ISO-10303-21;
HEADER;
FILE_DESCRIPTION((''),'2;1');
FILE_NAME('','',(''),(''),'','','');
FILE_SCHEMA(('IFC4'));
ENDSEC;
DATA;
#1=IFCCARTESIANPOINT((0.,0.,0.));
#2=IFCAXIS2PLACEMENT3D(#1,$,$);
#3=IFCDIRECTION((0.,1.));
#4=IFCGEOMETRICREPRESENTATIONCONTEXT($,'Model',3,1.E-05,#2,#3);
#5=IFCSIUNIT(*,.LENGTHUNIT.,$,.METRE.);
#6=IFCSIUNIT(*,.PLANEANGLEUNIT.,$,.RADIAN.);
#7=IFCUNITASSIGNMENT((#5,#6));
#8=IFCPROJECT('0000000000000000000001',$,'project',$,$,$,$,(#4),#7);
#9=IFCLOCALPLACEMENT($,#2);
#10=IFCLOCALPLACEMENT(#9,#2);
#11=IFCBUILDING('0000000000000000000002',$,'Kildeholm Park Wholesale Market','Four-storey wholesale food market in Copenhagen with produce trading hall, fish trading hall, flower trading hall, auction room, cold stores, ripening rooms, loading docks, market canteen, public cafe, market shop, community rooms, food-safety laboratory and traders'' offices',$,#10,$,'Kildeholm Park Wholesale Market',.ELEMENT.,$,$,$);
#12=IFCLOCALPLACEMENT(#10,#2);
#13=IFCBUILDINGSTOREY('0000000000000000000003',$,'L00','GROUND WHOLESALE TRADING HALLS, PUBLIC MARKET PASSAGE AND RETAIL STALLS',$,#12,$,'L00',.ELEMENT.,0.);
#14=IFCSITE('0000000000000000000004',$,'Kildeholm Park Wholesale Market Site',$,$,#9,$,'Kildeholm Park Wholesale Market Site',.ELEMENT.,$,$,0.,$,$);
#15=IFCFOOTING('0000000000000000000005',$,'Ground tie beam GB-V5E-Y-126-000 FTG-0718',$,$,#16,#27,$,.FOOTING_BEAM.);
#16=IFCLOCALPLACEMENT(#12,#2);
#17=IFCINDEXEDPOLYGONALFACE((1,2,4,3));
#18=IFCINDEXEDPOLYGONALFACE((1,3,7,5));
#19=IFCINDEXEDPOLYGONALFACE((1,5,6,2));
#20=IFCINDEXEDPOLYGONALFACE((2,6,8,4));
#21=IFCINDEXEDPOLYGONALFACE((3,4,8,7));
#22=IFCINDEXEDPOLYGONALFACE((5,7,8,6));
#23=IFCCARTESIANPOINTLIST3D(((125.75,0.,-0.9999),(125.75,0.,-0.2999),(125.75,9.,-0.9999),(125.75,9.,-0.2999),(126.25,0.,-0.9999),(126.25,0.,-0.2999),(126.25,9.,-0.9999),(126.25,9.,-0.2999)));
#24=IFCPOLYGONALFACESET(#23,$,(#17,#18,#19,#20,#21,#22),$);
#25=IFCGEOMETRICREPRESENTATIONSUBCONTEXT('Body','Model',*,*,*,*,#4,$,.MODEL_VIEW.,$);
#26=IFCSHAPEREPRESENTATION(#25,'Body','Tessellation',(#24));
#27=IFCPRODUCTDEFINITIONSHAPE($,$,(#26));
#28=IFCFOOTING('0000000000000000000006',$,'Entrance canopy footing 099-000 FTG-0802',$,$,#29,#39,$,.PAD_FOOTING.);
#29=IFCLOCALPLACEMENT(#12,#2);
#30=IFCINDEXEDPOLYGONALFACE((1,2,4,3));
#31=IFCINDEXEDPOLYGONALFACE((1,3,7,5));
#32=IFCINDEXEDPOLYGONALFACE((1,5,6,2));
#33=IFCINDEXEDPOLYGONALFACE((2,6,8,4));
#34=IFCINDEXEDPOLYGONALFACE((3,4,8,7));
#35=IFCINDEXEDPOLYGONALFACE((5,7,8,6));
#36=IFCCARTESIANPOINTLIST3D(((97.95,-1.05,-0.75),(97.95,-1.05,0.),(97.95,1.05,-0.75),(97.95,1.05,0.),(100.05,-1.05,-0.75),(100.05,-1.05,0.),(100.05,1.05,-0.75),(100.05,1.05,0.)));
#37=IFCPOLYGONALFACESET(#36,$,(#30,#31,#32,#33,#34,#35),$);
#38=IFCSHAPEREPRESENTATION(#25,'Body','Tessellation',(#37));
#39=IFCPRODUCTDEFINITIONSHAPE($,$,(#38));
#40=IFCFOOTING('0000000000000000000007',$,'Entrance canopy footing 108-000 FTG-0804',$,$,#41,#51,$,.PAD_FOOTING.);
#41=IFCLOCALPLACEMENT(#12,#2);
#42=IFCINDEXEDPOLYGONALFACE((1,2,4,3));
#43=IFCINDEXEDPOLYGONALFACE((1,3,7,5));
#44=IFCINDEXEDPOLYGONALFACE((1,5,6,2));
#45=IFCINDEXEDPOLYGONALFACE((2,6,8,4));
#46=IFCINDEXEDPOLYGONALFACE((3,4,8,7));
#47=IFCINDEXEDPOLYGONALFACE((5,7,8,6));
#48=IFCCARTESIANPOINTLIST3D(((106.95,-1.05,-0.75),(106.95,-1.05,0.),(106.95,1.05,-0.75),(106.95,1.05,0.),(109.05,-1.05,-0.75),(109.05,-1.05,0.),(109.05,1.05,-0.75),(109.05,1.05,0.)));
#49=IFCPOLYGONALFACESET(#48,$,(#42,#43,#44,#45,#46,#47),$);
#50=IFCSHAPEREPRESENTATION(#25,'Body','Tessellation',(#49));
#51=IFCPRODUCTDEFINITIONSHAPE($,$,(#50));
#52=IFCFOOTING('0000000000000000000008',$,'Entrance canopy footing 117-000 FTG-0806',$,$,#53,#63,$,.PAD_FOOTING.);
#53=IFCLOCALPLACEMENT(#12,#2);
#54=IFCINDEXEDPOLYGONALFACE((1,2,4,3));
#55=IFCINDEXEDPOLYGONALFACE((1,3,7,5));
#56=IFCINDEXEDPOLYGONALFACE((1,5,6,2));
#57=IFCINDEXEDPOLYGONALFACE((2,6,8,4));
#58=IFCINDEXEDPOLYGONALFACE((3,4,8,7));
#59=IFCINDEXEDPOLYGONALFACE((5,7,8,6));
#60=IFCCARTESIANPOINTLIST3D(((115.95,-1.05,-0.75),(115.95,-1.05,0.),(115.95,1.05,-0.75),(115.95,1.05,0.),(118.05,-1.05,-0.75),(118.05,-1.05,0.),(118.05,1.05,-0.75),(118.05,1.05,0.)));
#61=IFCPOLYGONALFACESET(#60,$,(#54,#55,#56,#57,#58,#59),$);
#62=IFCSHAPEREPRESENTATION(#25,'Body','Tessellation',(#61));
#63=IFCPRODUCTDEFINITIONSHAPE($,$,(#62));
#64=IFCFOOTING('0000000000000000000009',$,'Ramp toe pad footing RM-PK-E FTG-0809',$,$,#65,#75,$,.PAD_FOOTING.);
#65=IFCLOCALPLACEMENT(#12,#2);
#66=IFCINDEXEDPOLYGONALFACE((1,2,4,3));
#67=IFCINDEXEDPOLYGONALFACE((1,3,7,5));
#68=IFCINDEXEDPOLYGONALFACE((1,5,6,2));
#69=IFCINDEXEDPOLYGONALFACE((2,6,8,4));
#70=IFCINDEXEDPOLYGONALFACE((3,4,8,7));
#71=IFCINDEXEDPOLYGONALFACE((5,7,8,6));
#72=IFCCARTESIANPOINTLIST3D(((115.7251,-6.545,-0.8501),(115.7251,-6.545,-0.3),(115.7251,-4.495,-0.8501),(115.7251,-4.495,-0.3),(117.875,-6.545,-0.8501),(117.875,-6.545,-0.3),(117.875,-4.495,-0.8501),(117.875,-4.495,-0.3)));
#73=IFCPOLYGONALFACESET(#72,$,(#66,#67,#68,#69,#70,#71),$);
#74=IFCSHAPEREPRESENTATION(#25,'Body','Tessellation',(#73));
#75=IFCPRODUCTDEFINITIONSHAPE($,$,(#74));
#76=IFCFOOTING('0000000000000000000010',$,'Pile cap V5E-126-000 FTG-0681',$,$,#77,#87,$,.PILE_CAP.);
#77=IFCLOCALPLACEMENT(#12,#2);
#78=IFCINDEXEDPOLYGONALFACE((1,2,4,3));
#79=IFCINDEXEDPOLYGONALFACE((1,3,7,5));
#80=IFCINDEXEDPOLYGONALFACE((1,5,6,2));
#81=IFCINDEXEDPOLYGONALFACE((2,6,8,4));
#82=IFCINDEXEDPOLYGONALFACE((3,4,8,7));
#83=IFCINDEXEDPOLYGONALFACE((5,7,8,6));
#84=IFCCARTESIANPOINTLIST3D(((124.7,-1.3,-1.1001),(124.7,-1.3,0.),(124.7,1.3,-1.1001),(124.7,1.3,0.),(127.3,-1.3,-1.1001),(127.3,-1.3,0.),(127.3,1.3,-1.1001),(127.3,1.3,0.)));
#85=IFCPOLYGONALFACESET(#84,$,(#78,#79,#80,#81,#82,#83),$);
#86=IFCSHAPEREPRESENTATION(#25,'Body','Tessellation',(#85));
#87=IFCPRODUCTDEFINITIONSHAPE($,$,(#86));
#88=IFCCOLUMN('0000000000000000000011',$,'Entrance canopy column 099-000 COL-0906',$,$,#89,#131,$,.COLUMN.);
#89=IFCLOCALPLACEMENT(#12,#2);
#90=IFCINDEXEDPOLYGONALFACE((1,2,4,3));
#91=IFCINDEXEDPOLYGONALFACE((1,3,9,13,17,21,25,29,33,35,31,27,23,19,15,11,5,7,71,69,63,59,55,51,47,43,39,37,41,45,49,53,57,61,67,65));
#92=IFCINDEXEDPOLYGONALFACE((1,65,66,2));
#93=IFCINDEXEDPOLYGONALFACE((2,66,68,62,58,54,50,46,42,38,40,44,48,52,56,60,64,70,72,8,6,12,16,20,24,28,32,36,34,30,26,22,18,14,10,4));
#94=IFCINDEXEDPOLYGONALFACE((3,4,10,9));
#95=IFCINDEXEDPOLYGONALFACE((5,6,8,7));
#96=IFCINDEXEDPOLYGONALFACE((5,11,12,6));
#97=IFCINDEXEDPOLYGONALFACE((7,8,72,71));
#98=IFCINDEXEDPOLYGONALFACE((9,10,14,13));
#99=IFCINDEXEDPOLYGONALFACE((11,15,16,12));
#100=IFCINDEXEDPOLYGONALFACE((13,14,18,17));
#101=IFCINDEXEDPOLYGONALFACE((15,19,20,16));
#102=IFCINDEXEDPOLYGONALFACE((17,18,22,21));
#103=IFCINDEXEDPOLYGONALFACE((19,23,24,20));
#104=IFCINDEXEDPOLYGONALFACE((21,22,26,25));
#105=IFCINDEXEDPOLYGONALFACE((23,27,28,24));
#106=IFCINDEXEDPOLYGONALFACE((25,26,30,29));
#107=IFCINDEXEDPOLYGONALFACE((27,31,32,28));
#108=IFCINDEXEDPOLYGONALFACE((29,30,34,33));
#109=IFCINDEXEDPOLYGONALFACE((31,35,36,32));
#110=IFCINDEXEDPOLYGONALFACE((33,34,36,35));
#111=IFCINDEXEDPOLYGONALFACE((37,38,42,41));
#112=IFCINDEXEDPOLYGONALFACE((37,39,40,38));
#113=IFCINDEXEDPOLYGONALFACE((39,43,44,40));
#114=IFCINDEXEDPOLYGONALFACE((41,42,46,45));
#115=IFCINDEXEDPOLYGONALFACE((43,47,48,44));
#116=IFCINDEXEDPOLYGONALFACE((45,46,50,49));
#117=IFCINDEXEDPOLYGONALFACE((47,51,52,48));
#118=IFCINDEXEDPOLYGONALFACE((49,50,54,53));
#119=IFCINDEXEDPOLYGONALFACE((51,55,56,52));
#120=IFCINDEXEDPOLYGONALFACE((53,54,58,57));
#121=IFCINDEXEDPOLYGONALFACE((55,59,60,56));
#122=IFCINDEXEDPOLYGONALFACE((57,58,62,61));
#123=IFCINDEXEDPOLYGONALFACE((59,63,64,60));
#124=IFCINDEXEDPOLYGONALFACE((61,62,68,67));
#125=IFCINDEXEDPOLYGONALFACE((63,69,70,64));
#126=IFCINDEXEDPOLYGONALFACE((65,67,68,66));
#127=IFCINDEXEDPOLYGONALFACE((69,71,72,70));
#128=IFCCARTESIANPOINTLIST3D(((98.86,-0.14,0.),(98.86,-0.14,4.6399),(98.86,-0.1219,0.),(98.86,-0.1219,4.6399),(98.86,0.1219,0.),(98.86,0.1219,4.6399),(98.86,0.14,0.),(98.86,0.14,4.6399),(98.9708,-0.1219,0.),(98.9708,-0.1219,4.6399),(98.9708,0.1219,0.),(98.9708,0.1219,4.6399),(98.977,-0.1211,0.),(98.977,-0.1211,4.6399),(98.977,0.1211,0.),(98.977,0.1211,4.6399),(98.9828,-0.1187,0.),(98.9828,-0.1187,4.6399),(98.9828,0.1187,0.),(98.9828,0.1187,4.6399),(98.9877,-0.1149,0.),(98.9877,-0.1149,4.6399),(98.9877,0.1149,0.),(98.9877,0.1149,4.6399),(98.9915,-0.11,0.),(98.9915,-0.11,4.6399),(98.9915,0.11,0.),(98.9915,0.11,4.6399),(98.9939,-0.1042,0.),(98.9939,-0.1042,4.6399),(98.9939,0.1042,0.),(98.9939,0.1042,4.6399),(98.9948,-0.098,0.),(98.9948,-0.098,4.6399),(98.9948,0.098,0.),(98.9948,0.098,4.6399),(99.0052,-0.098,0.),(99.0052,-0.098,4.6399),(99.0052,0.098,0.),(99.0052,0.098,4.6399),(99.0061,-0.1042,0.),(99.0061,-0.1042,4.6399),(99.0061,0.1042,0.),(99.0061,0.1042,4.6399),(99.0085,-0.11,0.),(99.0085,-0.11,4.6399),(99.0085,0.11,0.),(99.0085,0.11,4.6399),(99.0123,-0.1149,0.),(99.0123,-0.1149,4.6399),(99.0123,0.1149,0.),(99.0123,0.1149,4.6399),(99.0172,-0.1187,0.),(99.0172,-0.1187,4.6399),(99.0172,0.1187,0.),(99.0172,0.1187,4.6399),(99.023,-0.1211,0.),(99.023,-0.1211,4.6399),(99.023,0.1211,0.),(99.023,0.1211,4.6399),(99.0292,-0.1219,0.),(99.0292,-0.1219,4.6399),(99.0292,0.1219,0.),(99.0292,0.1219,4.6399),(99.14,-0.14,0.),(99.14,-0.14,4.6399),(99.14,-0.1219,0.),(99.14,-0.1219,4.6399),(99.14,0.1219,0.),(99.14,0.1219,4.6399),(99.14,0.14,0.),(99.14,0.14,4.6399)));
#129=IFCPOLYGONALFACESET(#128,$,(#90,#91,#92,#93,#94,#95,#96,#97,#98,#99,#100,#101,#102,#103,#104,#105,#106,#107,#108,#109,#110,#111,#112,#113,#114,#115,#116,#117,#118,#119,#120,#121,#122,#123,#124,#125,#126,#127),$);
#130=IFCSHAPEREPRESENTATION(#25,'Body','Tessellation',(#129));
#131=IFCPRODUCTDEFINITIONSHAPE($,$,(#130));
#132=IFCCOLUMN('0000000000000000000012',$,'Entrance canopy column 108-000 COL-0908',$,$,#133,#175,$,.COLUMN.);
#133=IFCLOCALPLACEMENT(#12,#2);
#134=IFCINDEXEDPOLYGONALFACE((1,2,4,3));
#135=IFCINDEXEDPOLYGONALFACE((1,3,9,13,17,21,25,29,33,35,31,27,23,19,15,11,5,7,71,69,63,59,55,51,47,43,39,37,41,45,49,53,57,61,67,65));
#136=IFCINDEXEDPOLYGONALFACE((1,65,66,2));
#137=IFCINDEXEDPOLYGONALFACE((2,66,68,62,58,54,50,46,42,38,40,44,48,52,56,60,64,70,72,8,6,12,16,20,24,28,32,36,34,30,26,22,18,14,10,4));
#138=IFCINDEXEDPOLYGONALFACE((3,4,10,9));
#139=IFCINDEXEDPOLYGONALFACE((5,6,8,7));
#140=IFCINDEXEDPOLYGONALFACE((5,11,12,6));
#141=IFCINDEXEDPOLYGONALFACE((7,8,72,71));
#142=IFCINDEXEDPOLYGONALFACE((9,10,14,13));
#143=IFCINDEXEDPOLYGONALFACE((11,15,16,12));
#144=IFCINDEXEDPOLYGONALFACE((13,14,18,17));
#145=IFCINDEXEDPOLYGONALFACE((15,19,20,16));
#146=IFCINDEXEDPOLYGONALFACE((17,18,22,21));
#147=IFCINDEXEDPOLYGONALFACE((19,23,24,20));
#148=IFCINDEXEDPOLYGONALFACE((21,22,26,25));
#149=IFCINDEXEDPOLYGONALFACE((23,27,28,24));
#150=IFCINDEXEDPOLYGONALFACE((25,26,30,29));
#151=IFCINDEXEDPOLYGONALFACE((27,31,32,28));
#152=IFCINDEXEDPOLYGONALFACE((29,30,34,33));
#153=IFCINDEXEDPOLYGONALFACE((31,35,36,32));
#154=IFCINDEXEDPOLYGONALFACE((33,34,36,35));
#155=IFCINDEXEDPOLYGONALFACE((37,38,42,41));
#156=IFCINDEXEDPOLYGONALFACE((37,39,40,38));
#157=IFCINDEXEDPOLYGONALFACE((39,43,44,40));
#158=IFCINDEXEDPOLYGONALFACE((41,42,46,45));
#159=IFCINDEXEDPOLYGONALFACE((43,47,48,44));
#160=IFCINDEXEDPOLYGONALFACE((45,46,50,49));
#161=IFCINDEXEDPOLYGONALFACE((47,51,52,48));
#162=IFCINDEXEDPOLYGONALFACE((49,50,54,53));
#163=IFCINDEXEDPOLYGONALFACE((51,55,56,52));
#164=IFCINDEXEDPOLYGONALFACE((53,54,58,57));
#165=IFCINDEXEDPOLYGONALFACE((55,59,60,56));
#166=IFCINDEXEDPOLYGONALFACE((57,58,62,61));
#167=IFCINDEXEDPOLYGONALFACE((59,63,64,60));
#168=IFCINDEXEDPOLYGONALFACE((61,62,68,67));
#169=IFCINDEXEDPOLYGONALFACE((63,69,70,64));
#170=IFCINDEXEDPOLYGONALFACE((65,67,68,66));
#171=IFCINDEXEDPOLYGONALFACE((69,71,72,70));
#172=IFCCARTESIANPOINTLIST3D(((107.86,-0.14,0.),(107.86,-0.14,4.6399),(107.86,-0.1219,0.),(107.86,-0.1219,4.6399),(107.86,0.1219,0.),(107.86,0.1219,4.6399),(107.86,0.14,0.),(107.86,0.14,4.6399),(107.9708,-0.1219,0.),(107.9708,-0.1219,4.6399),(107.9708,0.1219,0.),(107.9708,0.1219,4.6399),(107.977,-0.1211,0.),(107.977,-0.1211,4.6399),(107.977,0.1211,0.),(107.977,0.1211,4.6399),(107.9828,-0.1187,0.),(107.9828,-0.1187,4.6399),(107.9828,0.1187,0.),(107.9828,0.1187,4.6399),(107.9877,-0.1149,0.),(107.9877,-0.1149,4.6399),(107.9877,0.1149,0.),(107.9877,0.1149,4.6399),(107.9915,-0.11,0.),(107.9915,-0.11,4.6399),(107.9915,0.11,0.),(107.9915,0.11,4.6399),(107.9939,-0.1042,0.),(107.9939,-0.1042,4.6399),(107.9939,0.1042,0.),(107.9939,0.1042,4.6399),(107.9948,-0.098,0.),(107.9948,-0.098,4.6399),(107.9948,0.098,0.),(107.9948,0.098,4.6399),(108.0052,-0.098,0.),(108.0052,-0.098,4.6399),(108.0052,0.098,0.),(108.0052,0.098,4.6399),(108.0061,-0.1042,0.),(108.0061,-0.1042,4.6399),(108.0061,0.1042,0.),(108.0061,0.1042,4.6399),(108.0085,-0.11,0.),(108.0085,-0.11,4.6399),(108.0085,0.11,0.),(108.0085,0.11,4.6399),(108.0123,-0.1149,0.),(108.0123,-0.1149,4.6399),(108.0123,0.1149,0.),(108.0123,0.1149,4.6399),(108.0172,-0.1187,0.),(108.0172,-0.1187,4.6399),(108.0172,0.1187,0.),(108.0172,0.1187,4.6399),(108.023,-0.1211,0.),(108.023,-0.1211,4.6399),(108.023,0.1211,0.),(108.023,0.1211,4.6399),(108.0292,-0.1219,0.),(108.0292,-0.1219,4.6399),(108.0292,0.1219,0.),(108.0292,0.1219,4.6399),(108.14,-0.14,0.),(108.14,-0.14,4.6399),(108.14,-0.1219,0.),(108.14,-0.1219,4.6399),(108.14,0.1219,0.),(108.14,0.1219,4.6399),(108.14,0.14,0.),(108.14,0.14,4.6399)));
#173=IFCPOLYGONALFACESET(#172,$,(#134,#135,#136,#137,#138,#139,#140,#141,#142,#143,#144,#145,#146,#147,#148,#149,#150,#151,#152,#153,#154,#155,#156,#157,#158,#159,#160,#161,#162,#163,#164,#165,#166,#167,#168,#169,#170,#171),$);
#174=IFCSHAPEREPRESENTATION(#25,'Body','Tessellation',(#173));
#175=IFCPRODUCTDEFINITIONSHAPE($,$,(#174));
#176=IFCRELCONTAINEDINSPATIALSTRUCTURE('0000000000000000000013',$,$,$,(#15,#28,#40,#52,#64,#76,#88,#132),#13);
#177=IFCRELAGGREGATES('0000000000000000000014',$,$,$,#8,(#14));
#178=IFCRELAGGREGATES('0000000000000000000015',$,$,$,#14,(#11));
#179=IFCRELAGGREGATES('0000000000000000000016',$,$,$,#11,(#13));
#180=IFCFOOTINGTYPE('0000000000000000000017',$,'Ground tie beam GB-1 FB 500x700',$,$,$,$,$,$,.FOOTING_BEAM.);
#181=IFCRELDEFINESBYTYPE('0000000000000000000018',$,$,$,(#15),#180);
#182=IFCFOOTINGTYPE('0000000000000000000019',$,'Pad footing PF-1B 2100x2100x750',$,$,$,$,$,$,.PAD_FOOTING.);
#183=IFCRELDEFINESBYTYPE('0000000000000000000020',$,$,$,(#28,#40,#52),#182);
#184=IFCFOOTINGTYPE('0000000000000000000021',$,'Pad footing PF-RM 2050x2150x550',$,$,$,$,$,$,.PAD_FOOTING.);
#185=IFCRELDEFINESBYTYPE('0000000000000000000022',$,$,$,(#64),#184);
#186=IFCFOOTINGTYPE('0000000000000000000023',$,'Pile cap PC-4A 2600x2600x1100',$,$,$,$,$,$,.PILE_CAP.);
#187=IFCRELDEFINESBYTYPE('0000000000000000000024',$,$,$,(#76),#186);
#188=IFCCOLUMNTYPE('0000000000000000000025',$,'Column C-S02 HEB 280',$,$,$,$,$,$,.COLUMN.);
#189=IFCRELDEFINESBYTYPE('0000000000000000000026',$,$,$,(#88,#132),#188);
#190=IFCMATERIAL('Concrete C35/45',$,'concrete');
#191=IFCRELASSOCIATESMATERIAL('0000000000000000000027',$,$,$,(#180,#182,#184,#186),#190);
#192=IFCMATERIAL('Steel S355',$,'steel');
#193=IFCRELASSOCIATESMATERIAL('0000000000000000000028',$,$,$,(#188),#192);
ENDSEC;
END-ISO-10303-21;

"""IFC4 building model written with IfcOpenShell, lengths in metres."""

from ifc_helpers import new_model, si_unit, direction, frame, origin, origin_2d, place, context, subcontext, project, spatial, rectangle, i_section, extrude, material, material_profile, profile_set, type_object, element, save


model = new_model("IFC4")

# Units and contexts
model_context = context("Model", 3, precision=1e-05, world=origin(), true_north=direction((0.0, 1.0)))
body_context = subcontext(model_context, "Body", "Model", "MODEL_VIEW")
ifc_project = project(units=[si_unit("LENGTHUNIT", "METRE"), si_unit("PLANEANGLEUNIT", "RADIAN")], contexts=[model_context])

# Site, building, storey
site_placement = place(None, origin())
site = spatial("IfcSite", under=ifc_project, at=site_placement, Name="Kildeholm Park Wholesale Market Site", LongName="Kildeholm Park Wholesale Market Site", CompositionType="ELEMENT", RefElevation=0.0)
building_placement = place(site_placement, origin())
building = spatial("IfcBuilding", under=site, at=building_placement, Name="Kildeholm Park Wholesale Market", Description="Four-storey wholesale food market in Copenhagen with produce trading hall, fish trading hall, flower trading hall, auction room, cold stores, ripening rooms, loading docks, market canteen, public cafe, market shop, community rooms, food-safety laboratory and traders' offices", LongName="Kildeholm Park Wholesale Market", CompositionType="ELEMENT")
storey_placement = place(building_placement, origin())
storey = spatial("IfcBuildingStorey", under=building, at=storey_placement, Name="L00", Description="GROUND WHOLESALE TRADING HALLS, PUBLIC MARKET PASSAGE AND RETAIL STALLS", LongName="L00", CompositionType="ELEMENT", Elevation=0.0)

# Shared definitions
ifc_material_1 = material(Name="Concrete C35/45", Category="concrete")

# Footings
ifc_material_profile_1 = material_profile(ifc_material_1, rectangle(XDim=0.5, YDim=0.7, at=origin_2d()), Name="FB 500x700")
ifc_profile_set_1 = profile_set([ifc_material_profile_1], Name="Concrete C35/45")
footing_type_1 = type_object("IfcFootingType", Name="Ground tie beam GB-1 FB 500x700", PredefinedType="FOOTING_BEAM", material=ifc_profile_set_1)
for number, where, z_axis, x_axis, name in (
    (1, (126.0, 0.0, -0.6499), (0.0, 1.0, 0.0), (-1.0, 0.0, 0.0), "Ground tie beam GB-V5E-Y-126-000 FTG-0718"),
):
    element("IfcFooting", number, at=place(storey_placement, frame(where, z_axis=z_axis, x_axis=x_axis)), inside=storey, type_object=footing_type_1, Name=name, PredefinedType="FOOTING_BEAM", context=body_context, shape_type="SweptSolid", body=[
        extrude(rectangle(XDim=0.5, YDim=0.7, at=origin_2d()), origin(), (0.0, 0.0, 1.0), 9.0),
    ])
footing_type_2 = type_object("IfcFootingType", Name="Pad footing PF-1B 2100x2100x750", PredefinedType="PAD_FOOTING", material=ifc_material_1)
for number, where, z_axis, x_axis, name in (
    (2, (99.0, 0.0, -0.75), (0.0, 0.0, 1.0), (1.0, 0.0, 0.0), "Entrance canopy footing 099-000 FTG-0802"),
    (3, (108.0, 0.0, -0.75), (0.0, 0.0, 1.0), (1.0, 0.0, 0.0), "Entrance canopy footing 108-000 FTG-0804"),
    (4, (117.0, 0.0, -0.75), (0.0, 0.0, 1.0), (1.0, 0.0, 0.0), "Entrance canopy footing 117-000 FTG-0806"),
):
    element("IfcFooting", number, at=place(storey_placement, frame(where, z_axis=z_axis, x_axis=x_axis)), inside=storey, type_object=footing_type_2, Name=name, PredefinedType="PAD_FOOTING", context=body_context, shape_type="SweptSolid", body=[
        extrude(rectangle(XDim=2.1001, YDim=2.1001, at=origin_2d()), origin(), (0.0, 0.0, 1.0), 0.75),
    ])
footing_type_3 = type_object("IfcFootingType", Name="Pad footing PF-RM 2050x2150x550", PredefinedType="PAD_FOOTING", material=ifc_material_1)
footing_1_placement = place(storey_placement, frame((116.8, -5.52, -0.8501), z_axis=(0.0, 0.0, 1.0), x_axis=(0.0, 1.0, 0.0)))
element("IfcFooting", 5, at=footing_1_placement, inside=storey, type_object=footing_type_3, Name="Ramp toe pad footing RM-PK-E FTG-0809", PredefinedType="PAD_FOOTING", context=body_context, shape_type="SweptSolid", body=[
    extrude(rectangle(XDim=2.05, YDim=2.1499, at=origin_2d()), origin(), (0.0, 0.0, 1.0), 0.55),
])
footing_type_4 = type_object("IfcFootingType", Name="Pile cap PC-4A 2600x2600x1100", PredefinedType="PILE_CAP", material=ifc_material_1)
footing_2_placement = place(storey_placement, frame((126.0, 0.0, -1.1001), z_axis=(0.0, 0.0, 1.0), x_axis=(1.0, 0.0, 0.0)))
element("IfcFooting", 6, at=footing_2_placement, inside=storey, type_object=footing_type_4, Name="Pile cap V5E-126-000 FTG-0681", PredefinedType="PILE_CAP", context=body_context, shape_type="SweptSolid", body=[
    extrude(rectangle(XDim=2.6001, YDim=2.6001, at=origin_2d()), origin(), (0.0, 0.0, 1.0), 1.1001),
])

# Columns
ifc_material_2 = material(Name="Steel S355", Category="steel")
ifc_material_profile_2 = material_profile(ifc_material_2, i_section(OverallWidth=0.28, OverallDepth=0.28, WebThickness=0.0105, FlangeThickness=0.0181, FilletRadius=0.0239, at=origin_2d()), Name="HEB 280")
ifc_profile_set_2 = profile_set([ifc_material_profile_2], Name="Steel S355")
column_type_1 = type_object("IfcColumnType", Name="Column C-S02 HEB 280", PredefinedType="COLUMN", material=ifc_profile_set_2)
for number, where, z_axis, x_axis, name in (
    (7, (99.0, 0.0, 0.0), (0.0, 0.0, 1.0), (1.0, 0.0, 0.0), "Entrance canopy column 099-000 COL-0906"),
    (8, (108.0, 0.0, 0.0), (0.0, 0.0, 1.0), (1.0, 0.0, 0.0), "Entrance canopy column 108-000 COL-0908"),
):
    element("IfcColumn", number, at=place(storey_placement, frame(where, z_axis=z_axis, x_axis=x_axis)), inside=storey, type_object=column_type_1, Name=name, PredefinedType="COLUMN", context=body_context, shape_type="SweptSolid", body=[
        extrude(i_section(OverallWidth=0.28, OverallDepth=0.28, WebThickness=0.0105, FlangeThickness=0.0181, FilletRadius=0.0239, at=origin_2d()), origin(), (0.0, 0.0, 1.0), 4.6399),
    ])

save(model, "model.ifc")
